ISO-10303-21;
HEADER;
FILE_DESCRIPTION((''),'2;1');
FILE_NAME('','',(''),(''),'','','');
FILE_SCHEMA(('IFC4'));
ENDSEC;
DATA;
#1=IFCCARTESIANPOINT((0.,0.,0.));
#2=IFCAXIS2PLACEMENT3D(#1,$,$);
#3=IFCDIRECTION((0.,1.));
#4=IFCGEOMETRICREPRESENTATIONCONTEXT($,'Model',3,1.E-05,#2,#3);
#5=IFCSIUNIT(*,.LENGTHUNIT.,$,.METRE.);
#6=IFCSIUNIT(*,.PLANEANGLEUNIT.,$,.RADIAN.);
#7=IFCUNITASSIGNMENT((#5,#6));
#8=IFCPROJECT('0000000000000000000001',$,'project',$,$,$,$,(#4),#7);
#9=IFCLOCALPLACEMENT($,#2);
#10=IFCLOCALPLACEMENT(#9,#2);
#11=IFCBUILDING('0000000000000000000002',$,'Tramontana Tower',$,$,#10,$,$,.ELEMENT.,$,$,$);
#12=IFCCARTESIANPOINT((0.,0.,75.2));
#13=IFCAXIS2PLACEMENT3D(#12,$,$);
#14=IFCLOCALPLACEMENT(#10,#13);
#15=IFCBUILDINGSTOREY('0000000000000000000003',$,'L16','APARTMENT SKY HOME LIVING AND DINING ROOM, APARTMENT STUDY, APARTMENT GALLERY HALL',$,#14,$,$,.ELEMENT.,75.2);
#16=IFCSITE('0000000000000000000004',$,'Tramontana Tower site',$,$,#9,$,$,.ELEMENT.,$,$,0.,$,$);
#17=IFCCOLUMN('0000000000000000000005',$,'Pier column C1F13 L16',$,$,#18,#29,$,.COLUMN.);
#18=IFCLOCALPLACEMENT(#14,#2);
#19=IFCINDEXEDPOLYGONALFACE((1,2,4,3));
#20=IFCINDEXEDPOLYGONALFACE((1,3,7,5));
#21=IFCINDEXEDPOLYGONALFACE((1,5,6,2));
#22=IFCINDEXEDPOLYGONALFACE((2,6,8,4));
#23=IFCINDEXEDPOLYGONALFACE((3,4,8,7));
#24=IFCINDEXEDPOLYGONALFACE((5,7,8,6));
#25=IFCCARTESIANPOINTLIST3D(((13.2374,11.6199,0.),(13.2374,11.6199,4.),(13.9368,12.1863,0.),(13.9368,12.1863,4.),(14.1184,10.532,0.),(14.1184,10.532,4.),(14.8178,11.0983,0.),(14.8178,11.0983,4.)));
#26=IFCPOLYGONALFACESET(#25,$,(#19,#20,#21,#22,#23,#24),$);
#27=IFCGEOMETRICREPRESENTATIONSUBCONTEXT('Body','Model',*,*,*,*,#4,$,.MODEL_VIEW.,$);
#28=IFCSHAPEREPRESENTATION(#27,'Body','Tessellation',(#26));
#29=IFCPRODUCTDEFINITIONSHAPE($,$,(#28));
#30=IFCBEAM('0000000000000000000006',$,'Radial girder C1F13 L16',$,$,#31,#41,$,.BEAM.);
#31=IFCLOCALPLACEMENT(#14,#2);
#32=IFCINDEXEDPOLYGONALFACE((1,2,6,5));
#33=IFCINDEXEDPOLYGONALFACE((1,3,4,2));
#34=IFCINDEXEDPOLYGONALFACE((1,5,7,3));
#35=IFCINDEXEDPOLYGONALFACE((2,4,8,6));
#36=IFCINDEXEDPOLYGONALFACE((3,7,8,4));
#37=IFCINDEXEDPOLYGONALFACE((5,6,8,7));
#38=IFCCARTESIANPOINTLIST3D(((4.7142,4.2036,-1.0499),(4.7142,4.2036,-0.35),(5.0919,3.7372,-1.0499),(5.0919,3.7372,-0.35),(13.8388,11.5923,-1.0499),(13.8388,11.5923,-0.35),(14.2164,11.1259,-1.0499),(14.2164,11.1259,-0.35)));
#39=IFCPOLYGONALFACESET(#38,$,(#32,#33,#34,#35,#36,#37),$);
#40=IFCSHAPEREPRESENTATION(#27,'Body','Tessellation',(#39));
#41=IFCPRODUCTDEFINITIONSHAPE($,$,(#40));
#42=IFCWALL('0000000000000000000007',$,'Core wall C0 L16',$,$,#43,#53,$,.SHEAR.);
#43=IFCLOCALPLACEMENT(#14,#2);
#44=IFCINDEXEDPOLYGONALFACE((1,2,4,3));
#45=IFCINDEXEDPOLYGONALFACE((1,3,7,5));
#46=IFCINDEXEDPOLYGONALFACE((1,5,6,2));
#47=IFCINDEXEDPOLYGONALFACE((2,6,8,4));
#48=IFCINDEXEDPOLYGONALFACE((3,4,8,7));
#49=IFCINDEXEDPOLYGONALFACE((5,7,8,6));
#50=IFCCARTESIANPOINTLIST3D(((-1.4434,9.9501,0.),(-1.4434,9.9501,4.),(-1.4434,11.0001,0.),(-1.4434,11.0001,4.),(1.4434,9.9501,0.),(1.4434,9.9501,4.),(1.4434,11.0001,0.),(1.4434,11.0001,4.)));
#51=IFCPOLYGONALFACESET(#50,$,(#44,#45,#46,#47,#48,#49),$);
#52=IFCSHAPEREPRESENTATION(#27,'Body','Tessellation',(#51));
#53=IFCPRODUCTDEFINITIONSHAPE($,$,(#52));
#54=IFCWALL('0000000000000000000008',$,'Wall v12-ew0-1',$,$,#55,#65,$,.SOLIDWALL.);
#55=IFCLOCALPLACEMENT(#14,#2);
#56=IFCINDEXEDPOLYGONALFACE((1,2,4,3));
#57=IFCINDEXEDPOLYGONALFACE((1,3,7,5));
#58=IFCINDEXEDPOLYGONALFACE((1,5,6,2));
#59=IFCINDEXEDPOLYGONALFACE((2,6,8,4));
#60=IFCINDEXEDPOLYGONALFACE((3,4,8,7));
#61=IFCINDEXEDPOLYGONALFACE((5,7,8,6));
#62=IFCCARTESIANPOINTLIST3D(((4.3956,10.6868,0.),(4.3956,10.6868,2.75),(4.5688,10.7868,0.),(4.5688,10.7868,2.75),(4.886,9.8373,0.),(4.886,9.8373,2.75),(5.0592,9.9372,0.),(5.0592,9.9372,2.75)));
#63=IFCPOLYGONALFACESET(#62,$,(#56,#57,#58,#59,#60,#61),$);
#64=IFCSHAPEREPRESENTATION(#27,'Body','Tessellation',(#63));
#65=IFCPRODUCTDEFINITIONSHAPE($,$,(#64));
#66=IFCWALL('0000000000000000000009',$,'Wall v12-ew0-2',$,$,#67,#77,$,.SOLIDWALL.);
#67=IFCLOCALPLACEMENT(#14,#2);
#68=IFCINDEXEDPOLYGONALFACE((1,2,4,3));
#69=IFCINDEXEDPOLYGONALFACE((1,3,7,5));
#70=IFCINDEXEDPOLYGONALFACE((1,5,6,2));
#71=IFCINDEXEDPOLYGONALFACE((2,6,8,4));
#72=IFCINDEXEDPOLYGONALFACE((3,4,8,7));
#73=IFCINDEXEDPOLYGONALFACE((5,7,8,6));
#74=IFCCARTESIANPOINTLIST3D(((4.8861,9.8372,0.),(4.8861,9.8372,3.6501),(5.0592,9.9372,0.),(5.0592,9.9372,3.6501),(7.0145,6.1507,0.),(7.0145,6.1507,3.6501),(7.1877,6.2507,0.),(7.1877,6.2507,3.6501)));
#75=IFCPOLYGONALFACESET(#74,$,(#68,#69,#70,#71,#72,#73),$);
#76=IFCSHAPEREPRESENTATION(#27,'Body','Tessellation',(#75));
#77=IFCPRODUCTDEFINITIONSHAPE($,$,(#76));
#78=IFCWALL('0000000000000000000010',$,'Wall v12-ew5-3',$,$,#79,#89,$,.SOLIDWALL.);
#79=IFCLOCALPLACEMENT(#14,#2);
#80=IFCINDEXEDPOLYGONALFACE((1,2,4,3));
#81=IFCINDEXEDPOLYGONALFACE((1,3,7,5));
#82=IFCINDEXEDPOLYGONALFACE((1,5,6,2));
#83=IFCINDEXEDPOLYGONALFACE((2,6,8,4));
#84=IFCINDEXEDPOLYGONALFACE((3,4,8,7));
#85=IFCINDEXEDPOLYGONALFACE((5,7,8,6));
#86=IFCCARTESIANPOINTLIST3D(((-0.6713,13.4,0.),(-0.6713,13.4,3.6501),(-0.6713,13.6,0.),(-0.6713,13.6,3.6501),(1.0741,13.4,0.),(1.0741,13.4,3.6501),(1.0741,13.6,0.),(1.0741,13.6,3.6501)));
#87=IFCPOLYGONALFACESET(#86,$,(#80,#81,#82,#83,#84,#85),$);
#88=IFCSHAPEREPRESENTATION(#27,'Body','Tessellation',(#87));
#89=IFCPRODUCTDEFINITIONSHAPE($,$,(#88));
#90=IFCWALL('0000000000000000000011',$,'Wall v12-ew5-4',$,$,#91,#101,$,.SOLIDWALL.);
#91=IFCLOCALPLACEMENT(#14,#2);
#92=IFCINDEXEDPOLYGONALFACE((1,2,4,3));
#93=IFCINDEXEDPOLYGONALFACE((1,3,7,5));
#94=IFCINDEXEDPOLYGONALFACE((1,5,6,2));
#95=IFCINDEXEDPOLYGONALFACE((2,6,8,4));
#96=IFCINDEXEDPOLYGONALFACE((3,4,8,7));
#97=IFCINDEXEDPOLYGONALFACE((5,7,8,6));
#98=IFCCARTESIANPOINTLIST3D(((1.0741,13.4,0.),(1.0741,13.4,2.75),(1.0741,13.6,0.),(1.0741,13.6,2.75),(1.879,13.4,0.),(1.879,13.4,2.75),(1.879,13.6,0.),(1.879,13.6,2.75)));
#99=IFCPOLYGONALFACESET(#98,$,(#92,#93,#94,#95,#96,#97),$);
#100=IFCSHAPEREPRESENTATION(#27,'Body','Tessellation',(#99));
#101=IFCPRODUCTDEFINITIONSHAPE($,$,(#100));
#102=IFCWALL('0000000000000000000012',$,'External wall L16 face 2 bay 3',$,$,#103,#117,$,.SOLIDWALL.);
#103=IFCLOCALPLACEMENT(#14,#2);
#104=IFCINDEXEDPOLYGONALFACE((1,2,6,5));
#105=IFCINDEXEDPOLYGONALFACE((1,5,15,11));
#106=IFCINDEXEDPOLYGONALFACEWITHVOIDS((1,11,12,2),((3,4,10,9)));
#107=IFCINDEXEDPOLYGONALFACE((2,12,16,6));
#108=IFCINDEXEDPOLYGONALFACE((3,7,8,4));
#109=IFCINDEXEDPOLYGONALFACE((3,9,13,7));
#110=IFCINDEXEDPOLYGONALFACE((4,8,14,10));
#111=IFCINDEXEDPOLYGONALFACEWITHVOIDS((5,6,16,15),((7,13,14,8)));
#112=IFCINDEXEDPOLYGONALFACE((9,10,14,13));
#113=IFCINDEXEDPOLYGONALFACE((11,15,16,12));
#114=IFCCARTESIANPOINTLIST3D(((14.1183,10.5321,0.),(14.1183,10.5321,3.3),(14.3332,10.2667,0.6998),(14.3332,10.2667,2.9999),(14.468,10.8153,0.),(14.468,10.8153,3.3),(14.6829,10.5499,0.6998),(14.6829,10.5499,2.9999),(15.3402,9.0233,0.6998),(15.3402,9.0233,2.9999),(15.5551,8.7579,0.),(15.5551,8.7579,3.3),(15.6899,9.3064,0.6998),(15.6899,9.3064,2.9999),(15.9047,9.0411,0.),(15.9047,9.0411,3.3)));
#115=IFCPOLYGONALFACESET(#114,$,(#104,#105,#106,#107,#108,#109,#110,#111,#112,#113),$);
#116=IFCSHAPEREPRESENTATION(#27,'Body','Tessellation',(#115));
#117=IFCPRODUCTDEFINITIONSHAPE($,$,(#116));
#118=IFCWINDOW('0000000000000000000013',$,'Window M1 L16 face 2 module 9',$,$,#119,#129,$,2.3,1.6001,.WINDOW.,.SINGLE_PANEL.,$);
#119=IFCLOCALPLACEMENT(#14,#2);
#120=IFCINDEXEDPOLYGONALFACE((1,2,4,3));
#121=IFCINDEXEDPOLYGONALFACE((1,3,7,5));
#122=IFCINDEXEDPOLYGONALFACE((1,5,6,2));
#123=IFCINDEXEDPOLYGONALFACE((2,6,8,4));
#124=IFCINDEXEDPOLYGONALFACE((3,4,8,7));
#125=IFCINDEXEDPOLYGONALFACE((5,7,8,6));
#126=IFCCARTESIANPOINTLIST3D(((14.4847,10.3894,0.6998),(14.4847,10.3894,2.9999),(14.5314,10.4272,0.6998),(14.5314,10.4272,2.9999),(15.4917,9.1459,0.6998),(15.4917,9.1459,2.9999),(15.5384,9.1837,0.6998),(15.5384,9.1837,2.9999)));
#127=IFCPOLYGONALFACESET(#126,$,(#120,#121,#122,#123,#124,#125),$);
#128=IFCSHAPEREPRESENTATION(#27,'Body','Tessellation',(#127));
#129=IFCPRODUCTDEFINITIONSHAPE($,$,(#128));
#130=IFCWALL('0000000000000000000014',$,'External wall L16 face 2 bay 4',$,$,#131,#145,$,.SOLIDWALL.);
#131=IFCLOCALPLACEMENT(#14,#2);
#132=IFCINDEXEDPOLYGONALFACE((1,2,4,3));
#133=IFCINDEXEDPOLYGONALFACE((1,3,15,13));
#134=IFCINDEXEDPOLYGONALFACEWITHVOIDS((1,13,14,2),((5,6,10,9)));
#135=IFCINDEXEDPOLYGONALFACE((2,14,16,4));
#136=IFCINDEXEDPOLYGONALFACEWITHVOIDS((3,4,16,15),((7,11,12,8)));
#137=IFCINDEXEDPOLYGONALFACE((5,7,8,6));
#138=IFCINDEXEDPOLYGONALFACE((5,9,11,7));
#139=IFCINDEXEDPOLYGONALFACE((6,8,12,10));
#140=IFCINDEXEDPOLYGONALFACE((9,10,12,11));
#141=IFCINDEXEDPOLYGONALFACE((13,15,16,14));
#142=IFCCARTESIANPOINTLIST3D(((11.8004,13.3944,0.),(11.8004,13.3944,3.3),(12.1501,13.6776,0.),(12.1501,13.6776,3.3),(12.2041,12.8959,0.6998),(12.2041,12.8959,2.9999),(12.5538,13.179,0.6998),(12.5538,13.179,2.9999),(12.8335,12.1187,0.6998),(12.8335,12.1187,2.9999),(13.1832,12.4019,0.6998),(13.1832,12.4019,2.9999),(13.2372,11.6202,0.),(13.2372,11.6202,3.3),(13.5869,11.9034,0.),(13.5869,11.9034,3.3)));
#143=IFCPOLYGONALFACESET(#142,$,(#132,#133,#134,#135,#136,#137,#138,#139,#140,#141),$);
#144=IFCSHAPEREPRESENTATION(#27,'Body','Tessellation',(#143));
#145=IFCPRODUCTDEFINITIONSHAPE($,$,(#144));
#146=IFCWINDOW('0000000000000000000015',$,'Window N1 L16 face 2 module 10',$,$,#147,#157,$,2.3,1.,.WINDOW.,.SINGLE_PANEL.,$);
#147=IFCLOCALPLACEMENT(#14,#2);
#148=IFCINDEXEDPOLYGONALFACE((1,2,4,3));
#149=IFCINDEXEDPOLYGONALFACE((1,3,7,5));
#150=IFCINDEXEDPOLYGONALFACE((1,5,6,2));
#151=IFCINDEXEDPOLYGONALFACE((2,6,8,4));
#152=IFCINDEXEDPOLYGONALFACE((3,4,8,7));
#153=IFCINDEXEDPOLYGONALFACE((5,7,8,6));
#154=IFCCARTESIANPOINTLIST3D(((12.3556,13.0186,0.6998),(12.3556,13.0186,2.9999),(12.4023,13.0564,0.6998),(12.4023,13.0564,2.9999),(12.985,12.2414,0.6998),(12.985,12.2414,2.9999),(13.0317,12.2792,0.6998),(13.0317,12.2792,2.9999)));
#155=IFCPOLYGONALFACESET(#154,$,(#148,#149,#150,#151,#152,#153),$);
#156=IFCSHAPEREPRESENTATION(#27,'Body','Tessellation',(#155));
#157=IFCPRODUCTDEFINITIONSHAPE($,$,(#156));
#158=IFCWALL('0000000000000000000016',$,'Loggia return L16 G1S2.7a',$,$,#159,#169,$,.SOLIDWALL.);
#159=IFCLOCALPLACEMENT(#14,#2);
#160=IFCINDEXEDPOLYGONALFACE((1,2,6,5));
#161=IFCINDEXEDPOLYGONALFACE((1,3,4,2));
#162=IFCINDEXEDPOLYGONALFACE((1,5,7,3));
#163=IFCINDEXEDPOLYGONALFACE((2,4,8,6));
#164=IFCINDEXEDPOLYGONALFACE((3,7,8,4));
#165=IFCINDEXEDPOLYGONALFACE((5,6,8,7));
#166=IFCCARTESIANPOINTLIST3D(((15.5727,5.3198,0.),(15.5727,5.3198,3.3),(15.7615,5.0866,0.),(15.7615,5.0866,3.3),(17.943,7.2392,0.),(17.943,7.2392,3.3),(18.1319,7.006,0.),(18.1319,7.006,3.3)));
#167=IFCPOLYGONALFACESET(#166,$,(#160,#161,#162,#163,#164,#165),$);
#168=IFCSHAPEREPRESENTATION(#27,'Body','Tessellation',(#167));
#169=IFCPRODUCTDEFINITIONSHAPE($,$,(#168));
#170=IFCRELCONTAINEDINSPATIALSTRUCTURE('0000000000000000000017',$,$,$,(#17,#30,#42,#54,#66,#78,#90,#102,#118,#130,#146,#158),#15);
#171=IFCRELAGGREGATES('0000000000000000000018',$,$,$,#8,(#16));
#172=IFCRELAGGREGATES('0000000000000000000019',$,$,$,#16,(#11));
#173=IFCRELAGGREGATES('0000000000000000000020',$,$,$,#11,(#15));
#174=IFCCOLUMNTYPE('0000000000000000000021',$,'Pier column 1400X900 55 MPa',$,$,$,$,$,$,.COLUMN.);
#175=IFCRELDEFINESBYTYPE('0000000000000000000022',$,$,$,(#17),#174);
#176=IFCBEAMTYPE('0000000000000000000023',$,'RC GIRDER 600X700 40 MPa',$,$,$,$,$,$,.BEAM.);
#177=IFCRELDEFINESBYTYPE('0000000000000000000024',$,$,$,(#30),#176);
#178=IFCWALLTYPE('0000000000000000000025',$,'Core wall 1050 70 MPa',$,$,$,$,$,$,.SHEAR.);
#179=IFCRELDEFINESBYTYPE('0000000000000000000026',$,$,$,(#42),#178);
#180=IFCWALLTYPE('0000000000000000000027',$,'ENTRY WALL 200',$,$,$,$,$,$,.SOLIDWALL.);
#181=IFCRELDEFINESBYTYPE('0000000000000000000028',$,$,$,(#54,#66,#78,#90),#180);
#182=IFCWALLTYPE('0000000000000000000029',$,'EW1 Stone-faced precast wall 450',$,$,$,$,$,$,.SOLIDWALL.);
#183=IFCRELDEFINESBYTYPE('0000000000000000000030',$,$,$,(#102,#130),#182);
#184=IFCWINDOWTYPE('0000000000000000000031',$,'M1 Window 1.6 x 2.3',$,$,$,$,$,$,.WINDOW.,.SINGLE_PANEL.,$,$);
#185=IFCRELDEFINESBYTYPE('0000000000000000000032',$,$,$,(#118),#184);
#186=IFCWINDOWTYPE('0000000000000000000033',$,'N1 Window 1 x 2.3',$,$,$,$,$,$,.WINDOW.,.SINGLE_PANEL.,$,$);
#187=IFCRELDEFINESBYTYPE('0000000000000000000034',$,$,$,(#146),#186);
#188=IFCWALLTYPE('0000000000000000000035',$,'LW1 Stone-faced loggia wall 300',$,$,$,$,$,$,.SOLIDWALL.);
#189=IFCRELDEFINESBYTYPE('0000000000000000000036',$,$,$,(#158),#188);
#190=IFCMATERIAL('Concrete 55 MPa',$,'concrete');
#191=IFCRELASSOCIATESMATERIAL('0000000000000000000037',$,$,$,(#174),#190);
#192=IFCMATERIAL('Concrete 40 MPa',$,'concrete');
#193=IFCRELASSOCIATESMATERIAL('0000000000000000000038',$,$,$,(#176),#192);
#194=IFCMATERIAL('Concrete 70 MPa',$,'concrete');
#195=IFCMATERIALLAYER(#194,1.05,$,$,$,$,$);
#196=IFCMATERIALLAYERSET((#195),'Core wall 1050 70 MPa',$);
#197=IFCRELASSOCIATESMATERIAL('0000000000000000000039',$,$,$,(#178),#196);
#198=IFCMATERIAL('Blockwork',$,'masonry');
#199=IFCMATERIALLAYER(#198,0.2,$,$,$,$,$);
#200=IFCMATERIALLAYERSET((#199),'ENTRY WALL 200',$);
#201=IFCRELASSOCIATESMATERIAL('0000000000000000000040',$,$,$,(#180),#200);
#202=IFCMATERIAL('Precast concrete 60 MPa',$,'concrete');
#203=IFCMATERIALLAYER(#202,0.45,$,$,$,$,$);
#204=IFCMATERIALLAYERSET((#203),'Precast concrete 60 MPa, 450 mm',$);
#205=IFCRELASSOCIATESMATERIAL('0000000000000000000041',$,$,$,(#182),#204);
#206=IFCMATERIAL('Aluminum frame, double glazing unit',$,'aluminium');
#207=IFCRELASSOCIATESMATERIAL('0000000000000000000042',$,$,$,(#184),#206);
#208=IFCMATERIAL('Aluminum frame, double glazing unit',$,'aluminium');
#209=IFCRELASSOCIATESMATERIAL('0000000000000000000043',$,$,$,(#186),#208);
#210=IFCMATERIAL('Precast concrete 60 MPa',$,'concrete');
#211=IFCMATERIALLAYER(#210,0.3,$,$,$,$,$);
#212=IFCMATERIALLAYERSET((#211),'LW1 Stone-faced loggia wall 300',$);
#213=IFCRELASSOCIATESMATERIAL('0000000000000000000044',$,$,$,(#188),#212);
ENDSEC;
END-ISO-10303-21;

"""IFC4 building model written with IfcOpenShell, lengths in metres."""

from ifc_helpers import new_model, si_unit, direction, frame, frame_2d, origin, origin_2d, place, context, subcontext, project, spatial, rectangle, extrude, material, layer, layer_set, material_profile, profile_set, type_object, element, fill, save


model = new_model("IFC4")

# Units and contexts
model_context = context("Model", 3, precision=1e-05, world=origin(), true_north=direction((0.0, 1.0)))
body_context = subcontext(model_context, "Body", "Model", "MODEL_VIEW")
ifc_project = project(units=[si_unit("LENGTHUNIT", "METRE"), si_unit("PLANEANGLEUNIT", "RADIAN")], contexts=[model_context])

# Site, building, storey
site_placement = place(None, origin())
site = spatial("IfcSite", under=ifc_project, at=site_placement, Name="Tramontana Tower site", CompositionType="ELEMENT", RefElevation=0.0)
building_placement = place(site_placement, origin())
building = spatial("IfcBuilding", under=site, at=building_placement, Name="Tramontana Tower", CompositionType="ELEMENT")
storey_placement = place(building_placement, frame((0.0, 0.0, 75.2)))
storey = spatial("IfcBuildingStorey", under=building, at=storey_placement, Name="L16", Description="APARTMENT SKY HOME LIVING AND DINING ROOM, APARTMENT STUDY, APARTMENT GALLERY HALL", CompositionType="ELEMENT", Elevation=75.2)

# Column
ifc_material_1 = material(Name="Concrete 55 MPa", Category="concrete")
ifc_material_profile_1 = material_profile(ifc_material_1, rectangle(XDim=1.3999, YDim=0.8999, at=origin_2d()), Name="Pier column 1400X900 55 MPa")
ifc_profile_set_1 = profile_set([ifc_material_profile_1], Name="Concrete 55 MPa")
column_type = type_object("IfcColumnType", Name="Pier column 1400X900 55 MPa", PredefinedType="COLUMN", material=ifc_profile_set_1)
column_placement = place(storey_placement, frame((14.0276, 11.3591, 0.0), z_axis=(0.0, 0.0, 1.0), x_axis=(-0.62932, 0.777146, 0.0)))
element("IfcColumn", 1, at=column_placement, inside=storey, type_object=column_type, Name="Pier column C1F13 L16", PredefinedType="COLUMN", context=body_context, shape_type="SweptSolid", body=[
    extrude(rectangle(XDim=1.3999, YDim=0.8999, at=origin_2d()), origin(), (0.0, 0.0, 1.0), 4.0),
])

# Beam
ifc_material_2 = material(Name="Concrete 40 MPa", Category="concrete")
ifc_material_profile_2 = material_profile(ifc_material_2, rectangle(XDim=0.6001, YDim=0.7, at=origin_2d()), Name="RC GIRDER 600X700 40 MPa")
ifc_profile_set_2 = profile_set([ifc_material_profile_2], Name="Concrete 40 MPa")
beam_type = type_object("IfcBeamType", Name="RC GIRDER 600X700 40 MPa", PredefinedType="BEAM", material=ifc_profile_set_2)
beam_placement = place(storey_placement, frame((14.0276, 11.3591, -0.7), z_axis=(-0.777155, -0.629309, 0.0), x_axis=(0.629309, -0.777155, 0.0)))
element("IfcBeam", 2, at=beam_placement, inside=storey, type_object=beam_type, Name="Radial girder C1F13 L16", PredefinedType="BEAM", context=body_context, shape_type="SweptSolid", body=[
    extrude(rectangle(XDim=0.6001, YDim=0.7, at=origin_2d()), origin(), (0.0, 0.0, 1.0), 11.741),
])

# Walls
ifc_material_3 = material(Name="Concrete 70 MPa", Category="concrete")
ifc_layer_1 = layer(ifc_material_3, 1.05)
ifc_layer_set_1 = layer_set([ifc_layer_1], Name="Core wall 1050 70 MPa")
wall_type_1 = type_object("IfcWallType", Name="Core wall 1050 70 MPa", PredefinedType="SHEAR", material=ifc_layer_set_1)
wall_1_placement = place(storey_placement, frame((1.4434, 10.4751, 0.0), z_axis=(0.0, 0.0, 1.0), x_axis=(-1.0, 0.0, 0.0)))
element("IfcWall", 3, at=wall_1_placement, inside=storey, type_object=wall_type_1, Name="Core wall C0 L16", PredefinedType="SHEAR", context=body_context, shape_type="SweptSolid", body=[
    extrude(rectangle(XDim=2.8867, YDim=1.05, at=frame_2d((1.4434, 0.0))), origin(), (0.0, 0.0, 1.0), 4.0),
])
ifc_material_4 = material(Name="Blockwork", Category="masonry")
ifc_layer_2 = layer(ifc_material_4, 0.2)
ifc_layer_set_2 = layer_set([ifc_layer_2], Name="ENTRY WALL 200")
wall_type_2 = type_object("IfcWallType", Name="ENTRY WALL 200", PredefinedType="SOLIDWALL", material=ifc_layer_set_2)
wall_2_placement = place(storey_placement, frame((4.4822, 10.7368, 0.0), z_axis=(0.0, 0.0, 1.0), x_axis=(0.499967, -0.866045, 0.0)))
element("IfcWall", 4, at=wall_2_placement, inside=storey, type_object=wall_type_2, Name="Wall v12-ew0-1", PredefinedType="SOLIDWALL", context=body_context, shape_type="SweptSolid", body=[
    extrude(rectangle(XDim=0.981, YDim=0.2, at=frame_2d((0.4905, 0.0))), origin(), (0.0, 0.0, 1.0), 2.75),
])
wall_3_placement = place(storey_placement, frame((4.9727, 9.8872, 0.0), z_axis=(0.0, 0.0, 1.0), x_axis=(0.5, -0.866025, 0.0)))
element("IfcWall", 5, at=wall_3_placement, inside=storey, type_object=wall_type_2, Name="Wall v12-ew0-2", PredefinedType="SOLIDWALL", context=body_context, shape_type="SweptSolid", body=[
    extrude(rectangle(XDim=4.2568, YDim=0.2, at=frame_2d((2.1284, 0.0))), origin(), (0.0, 0.0, 1.0), 3.6501),
])
wall_4_placement = place(storey_placement, frame((-0.6711, 13.5, 0.0), z_axis=(0.0, 0.0, 1.0), x_axis=(1.0, 0.0, 0.0)))
element("IfcWall", 6, at=wall_4_placement, inside=storey, type_object=wall_type_2, Name="Wall v12-ew5-3", PredefinedType="SOLIDWALL", context=body_context, shape_type="SweptSolid", body=[
    extrude(rectangle(XDim=1.7454, YDim=0.2, at=frame_2d((0.8726, 0.0))), origin(), (0.0, 0.0, 1.0), 3.6501),
])
wall_5_placement = place(storey_placement, frame((1.0742, 13.5, 0.0), z_axis=(0.0, 0.0, 1.0), x_axis=(1.0, 0.0, 0.0)))
element("IfcWall", 7, at=wall_5_placement, inside=storey, type_object=wall_type_2, Name="Wall v12-ew5-4", PredefinedType="SOLIDWALL", context=body_context, shape_type="SweptSolid", body=[
    extrude(rectangle(XDim=0.8049, YDim=0.2, at=frame_2d((0.4023, 0.0))), origin(), (0.0, 0.0, 1.0), 2.75),
])

# Walls, openings, windows
ifc_material_5 = material(Name="Precast concrete 60 MPa", Category="concrete")
ifc_layer_3 = layer(ifc_material_5, 0.45)
ifc_layer_set_3 = layer_set([ifc_layer_3], Name="Precast concrete 60 MPa, 450 mm")
wall_type_3 = type_object("IfcWallType", Name="EW1 Stone-faced precast wall 450", PredefinedType="SOLIDWALL", material=ifc_layer_set_3)
wall_6_placement = place(storey_placement, frame((15.73, 8.8994, 0.0), z_axis=(0.0, 0.0, 1.0), x_axis=(-0.62934, 0.77713, 0.0)))
wall_6 = element("IfcWall", 8, at=wall_6_placement, inside=storey, type_object=wall_type_3, Name="External wall L16 face 2 bay 3", PredefinedType="SOLIDWALL", context=body_context, shape_type="SweptSolid", body=[
    extrude(rectangle(XDim=2.283, YDim=0.45, at=frame_2d((1.1416, 0.0))), origin(), (0.0, 0.0, 1.0), 3.3),
])
opening_1_placement = place(wall_6_placement, frame((0.3416, 0.0, 0.7)))
opening_1 = element("IfcOpeningElement", 9, at=opening_1_placement, cuts=wall_6, PredefinedType="OPENING", context=body_context, shape_type="SweptSolid", body=[
    extrude(rectangle(XDim=1.6001, YDim=2.3, at=frame_2d((0.8, 1.1499))), frame((0.0, 0.2349, 0.0), z_axis=(0.0, -1.0, 0.0), x_axis=(1.0, 0.0, 0.0)), (0.0, 0.0, 1.0), 0.47),
])
ifc_material_6 = material(Name="Aluminum frame, double glazing unit", Category="aluminium")
window_type_1 = type_object("IfcWindowType", Name="M1 Window 1.6 x 2.3", PartitioningType="SINGLE_PANEL", PredefinedType="WINDOW", material=ifc_material_6)
window_1_placement = place(opening_1_placement, origin())
window_1 = element("IfcWindow", 10, at=window_1_placement, inside=storey, type_object=window_type_1, Name="Window M1 L16 face 2 module 9", OverallHeight=2.3, OverallWidth=1.6001, PartitioningType="SINGLE_PANEL", PredefinedType="WINDOW", context=body_context, shape_type="SweptSolid", body=[
    extrude(rectangle(XDim=1.6001, YDim=2.3, at=frame_2d((0.8, 1.1499))), frame((0.0, 0.03, 0.0), z_axis=(0.0, -1.0, 0.0), x_axis=(1.0, 0.0, 0.0)), (0.0, 0.0, 1.0), 0.0601),
])
fill(opening_1, window_1)
wall_7_placement = place(storey_placement, frame((13.4121, 11.7617, 0.0), z_axis=(0.0, 0.0, 1.0), x_axis=(-0.62934, 0.77713, 0.0)))
wall_7 = element("IfcWall", 11, at=wall_7_placement, inside=storey, type_object=wall_type_3, Name="External wall L16 face 2 bay 4", PredefinedType="SOLIDWALL", context=body_context, shape_type="SweptSolid", body=[
    extrude(rectangle(XDim=2.283, YDim=0.45, at=frame_2d((1.1416, 0.0))), origin(), (0.0, 0.0, 1.0), 3.3),
])
opening_2_placement = place(wall_7_placement, frame((0.6416, 0.0, 0.7)))
opening_2 = element("IfcOpeningElement", 12, at=opening_2_placement, cuts=wall_7, PredefinedType="OPENING", context=body_context, shape_type="SweptSolid", body=[
    extrude(rectangle(XDim=1.0, YDim=2.3, at=frame_2d((0.5, 1.1499))), frame((0.0, 0.2349, 0.0), z_axis=(0.0, -1.0, 0.0), x_axis=(1.0, 0.0, 0.0)), (0.0, 0.0, 1.0), 0.47),
])
ifc_material_7 = material(Name="Aluminum frame, double glazing unit", Category="aluminium")
window_type_2 = type_object("IfcWindowType", Name="N1 Window 1 x 2.3", PartitioningType="SINGLE_PANEL", PredefinedType="WINDOW", material=ifc_material_7)
window_2_placement = place(opening_2_placement, origin())
window_2 = element("IfcWindow", 13, at=window_2_placement, inside=storey, type_object=window_type_2, Name="Window N1 L16 face 2 module 10", OverallHeight=2.3, OverallWidth=1.0, PartitioningType="SINGLE_PANEL", PredefinedType="WINDOW", context=body_context, shape_type="SweptSolid", body=[
    extrude(rectangle(XDim=1.0, YDim=2.3, at=frame_2d((0.5, 1.1499))), frame((0.0, 0.03, 0.0), z_axis=(0.0, -1.0, 0.0), x_axis=(1.0, 0.0, 0.0)), (0.0, 0.0, 1.0), 0.0601),
])
fill(opening_2, window_2)

# Wall
ifc_material_8 = material(Name="Precast concrete 60 MPa", Category="concrete")
ifc_layer_4 = layer(ifc_material_8, 0.3)
ifc_layer_set_4 = layer_set([ifc_layer_4], Name="LW1 Stone-faced loggia wall 300")
wall_type_4 = type_object("IfcWallType", Name="LW1 Stone-faced loggia wall 300", PredefinedType="SOLIDWALL", material=ifc_layer_set_4)
for number, where, z_axis, x_axis, name in (
    (14, (18.0374, 7.1226, 0.0), (0.0, 0.0, 1.0), (-0.777154, -0.629311, 0.0), "Loggia return L16 G1S2.7a"),
):
    element("IfcWall", number, at=place(storey_placement, frame(where, z_axis=z_axis, x_axis=x_axis)), inside=storey, type_object=wall_type_4, Name=name, PredefinedType="SOLIDWALL", context=body_context, shape_type="SweptSolid", body=[
        extrude(rectangle(XDim=3.05, YDim=0.3, at=frame_2d((1.5249, 0.0))), origin(), (0.0, 0.0, 1.0), 3.3),
    ])

save(model, "model.ifc")
